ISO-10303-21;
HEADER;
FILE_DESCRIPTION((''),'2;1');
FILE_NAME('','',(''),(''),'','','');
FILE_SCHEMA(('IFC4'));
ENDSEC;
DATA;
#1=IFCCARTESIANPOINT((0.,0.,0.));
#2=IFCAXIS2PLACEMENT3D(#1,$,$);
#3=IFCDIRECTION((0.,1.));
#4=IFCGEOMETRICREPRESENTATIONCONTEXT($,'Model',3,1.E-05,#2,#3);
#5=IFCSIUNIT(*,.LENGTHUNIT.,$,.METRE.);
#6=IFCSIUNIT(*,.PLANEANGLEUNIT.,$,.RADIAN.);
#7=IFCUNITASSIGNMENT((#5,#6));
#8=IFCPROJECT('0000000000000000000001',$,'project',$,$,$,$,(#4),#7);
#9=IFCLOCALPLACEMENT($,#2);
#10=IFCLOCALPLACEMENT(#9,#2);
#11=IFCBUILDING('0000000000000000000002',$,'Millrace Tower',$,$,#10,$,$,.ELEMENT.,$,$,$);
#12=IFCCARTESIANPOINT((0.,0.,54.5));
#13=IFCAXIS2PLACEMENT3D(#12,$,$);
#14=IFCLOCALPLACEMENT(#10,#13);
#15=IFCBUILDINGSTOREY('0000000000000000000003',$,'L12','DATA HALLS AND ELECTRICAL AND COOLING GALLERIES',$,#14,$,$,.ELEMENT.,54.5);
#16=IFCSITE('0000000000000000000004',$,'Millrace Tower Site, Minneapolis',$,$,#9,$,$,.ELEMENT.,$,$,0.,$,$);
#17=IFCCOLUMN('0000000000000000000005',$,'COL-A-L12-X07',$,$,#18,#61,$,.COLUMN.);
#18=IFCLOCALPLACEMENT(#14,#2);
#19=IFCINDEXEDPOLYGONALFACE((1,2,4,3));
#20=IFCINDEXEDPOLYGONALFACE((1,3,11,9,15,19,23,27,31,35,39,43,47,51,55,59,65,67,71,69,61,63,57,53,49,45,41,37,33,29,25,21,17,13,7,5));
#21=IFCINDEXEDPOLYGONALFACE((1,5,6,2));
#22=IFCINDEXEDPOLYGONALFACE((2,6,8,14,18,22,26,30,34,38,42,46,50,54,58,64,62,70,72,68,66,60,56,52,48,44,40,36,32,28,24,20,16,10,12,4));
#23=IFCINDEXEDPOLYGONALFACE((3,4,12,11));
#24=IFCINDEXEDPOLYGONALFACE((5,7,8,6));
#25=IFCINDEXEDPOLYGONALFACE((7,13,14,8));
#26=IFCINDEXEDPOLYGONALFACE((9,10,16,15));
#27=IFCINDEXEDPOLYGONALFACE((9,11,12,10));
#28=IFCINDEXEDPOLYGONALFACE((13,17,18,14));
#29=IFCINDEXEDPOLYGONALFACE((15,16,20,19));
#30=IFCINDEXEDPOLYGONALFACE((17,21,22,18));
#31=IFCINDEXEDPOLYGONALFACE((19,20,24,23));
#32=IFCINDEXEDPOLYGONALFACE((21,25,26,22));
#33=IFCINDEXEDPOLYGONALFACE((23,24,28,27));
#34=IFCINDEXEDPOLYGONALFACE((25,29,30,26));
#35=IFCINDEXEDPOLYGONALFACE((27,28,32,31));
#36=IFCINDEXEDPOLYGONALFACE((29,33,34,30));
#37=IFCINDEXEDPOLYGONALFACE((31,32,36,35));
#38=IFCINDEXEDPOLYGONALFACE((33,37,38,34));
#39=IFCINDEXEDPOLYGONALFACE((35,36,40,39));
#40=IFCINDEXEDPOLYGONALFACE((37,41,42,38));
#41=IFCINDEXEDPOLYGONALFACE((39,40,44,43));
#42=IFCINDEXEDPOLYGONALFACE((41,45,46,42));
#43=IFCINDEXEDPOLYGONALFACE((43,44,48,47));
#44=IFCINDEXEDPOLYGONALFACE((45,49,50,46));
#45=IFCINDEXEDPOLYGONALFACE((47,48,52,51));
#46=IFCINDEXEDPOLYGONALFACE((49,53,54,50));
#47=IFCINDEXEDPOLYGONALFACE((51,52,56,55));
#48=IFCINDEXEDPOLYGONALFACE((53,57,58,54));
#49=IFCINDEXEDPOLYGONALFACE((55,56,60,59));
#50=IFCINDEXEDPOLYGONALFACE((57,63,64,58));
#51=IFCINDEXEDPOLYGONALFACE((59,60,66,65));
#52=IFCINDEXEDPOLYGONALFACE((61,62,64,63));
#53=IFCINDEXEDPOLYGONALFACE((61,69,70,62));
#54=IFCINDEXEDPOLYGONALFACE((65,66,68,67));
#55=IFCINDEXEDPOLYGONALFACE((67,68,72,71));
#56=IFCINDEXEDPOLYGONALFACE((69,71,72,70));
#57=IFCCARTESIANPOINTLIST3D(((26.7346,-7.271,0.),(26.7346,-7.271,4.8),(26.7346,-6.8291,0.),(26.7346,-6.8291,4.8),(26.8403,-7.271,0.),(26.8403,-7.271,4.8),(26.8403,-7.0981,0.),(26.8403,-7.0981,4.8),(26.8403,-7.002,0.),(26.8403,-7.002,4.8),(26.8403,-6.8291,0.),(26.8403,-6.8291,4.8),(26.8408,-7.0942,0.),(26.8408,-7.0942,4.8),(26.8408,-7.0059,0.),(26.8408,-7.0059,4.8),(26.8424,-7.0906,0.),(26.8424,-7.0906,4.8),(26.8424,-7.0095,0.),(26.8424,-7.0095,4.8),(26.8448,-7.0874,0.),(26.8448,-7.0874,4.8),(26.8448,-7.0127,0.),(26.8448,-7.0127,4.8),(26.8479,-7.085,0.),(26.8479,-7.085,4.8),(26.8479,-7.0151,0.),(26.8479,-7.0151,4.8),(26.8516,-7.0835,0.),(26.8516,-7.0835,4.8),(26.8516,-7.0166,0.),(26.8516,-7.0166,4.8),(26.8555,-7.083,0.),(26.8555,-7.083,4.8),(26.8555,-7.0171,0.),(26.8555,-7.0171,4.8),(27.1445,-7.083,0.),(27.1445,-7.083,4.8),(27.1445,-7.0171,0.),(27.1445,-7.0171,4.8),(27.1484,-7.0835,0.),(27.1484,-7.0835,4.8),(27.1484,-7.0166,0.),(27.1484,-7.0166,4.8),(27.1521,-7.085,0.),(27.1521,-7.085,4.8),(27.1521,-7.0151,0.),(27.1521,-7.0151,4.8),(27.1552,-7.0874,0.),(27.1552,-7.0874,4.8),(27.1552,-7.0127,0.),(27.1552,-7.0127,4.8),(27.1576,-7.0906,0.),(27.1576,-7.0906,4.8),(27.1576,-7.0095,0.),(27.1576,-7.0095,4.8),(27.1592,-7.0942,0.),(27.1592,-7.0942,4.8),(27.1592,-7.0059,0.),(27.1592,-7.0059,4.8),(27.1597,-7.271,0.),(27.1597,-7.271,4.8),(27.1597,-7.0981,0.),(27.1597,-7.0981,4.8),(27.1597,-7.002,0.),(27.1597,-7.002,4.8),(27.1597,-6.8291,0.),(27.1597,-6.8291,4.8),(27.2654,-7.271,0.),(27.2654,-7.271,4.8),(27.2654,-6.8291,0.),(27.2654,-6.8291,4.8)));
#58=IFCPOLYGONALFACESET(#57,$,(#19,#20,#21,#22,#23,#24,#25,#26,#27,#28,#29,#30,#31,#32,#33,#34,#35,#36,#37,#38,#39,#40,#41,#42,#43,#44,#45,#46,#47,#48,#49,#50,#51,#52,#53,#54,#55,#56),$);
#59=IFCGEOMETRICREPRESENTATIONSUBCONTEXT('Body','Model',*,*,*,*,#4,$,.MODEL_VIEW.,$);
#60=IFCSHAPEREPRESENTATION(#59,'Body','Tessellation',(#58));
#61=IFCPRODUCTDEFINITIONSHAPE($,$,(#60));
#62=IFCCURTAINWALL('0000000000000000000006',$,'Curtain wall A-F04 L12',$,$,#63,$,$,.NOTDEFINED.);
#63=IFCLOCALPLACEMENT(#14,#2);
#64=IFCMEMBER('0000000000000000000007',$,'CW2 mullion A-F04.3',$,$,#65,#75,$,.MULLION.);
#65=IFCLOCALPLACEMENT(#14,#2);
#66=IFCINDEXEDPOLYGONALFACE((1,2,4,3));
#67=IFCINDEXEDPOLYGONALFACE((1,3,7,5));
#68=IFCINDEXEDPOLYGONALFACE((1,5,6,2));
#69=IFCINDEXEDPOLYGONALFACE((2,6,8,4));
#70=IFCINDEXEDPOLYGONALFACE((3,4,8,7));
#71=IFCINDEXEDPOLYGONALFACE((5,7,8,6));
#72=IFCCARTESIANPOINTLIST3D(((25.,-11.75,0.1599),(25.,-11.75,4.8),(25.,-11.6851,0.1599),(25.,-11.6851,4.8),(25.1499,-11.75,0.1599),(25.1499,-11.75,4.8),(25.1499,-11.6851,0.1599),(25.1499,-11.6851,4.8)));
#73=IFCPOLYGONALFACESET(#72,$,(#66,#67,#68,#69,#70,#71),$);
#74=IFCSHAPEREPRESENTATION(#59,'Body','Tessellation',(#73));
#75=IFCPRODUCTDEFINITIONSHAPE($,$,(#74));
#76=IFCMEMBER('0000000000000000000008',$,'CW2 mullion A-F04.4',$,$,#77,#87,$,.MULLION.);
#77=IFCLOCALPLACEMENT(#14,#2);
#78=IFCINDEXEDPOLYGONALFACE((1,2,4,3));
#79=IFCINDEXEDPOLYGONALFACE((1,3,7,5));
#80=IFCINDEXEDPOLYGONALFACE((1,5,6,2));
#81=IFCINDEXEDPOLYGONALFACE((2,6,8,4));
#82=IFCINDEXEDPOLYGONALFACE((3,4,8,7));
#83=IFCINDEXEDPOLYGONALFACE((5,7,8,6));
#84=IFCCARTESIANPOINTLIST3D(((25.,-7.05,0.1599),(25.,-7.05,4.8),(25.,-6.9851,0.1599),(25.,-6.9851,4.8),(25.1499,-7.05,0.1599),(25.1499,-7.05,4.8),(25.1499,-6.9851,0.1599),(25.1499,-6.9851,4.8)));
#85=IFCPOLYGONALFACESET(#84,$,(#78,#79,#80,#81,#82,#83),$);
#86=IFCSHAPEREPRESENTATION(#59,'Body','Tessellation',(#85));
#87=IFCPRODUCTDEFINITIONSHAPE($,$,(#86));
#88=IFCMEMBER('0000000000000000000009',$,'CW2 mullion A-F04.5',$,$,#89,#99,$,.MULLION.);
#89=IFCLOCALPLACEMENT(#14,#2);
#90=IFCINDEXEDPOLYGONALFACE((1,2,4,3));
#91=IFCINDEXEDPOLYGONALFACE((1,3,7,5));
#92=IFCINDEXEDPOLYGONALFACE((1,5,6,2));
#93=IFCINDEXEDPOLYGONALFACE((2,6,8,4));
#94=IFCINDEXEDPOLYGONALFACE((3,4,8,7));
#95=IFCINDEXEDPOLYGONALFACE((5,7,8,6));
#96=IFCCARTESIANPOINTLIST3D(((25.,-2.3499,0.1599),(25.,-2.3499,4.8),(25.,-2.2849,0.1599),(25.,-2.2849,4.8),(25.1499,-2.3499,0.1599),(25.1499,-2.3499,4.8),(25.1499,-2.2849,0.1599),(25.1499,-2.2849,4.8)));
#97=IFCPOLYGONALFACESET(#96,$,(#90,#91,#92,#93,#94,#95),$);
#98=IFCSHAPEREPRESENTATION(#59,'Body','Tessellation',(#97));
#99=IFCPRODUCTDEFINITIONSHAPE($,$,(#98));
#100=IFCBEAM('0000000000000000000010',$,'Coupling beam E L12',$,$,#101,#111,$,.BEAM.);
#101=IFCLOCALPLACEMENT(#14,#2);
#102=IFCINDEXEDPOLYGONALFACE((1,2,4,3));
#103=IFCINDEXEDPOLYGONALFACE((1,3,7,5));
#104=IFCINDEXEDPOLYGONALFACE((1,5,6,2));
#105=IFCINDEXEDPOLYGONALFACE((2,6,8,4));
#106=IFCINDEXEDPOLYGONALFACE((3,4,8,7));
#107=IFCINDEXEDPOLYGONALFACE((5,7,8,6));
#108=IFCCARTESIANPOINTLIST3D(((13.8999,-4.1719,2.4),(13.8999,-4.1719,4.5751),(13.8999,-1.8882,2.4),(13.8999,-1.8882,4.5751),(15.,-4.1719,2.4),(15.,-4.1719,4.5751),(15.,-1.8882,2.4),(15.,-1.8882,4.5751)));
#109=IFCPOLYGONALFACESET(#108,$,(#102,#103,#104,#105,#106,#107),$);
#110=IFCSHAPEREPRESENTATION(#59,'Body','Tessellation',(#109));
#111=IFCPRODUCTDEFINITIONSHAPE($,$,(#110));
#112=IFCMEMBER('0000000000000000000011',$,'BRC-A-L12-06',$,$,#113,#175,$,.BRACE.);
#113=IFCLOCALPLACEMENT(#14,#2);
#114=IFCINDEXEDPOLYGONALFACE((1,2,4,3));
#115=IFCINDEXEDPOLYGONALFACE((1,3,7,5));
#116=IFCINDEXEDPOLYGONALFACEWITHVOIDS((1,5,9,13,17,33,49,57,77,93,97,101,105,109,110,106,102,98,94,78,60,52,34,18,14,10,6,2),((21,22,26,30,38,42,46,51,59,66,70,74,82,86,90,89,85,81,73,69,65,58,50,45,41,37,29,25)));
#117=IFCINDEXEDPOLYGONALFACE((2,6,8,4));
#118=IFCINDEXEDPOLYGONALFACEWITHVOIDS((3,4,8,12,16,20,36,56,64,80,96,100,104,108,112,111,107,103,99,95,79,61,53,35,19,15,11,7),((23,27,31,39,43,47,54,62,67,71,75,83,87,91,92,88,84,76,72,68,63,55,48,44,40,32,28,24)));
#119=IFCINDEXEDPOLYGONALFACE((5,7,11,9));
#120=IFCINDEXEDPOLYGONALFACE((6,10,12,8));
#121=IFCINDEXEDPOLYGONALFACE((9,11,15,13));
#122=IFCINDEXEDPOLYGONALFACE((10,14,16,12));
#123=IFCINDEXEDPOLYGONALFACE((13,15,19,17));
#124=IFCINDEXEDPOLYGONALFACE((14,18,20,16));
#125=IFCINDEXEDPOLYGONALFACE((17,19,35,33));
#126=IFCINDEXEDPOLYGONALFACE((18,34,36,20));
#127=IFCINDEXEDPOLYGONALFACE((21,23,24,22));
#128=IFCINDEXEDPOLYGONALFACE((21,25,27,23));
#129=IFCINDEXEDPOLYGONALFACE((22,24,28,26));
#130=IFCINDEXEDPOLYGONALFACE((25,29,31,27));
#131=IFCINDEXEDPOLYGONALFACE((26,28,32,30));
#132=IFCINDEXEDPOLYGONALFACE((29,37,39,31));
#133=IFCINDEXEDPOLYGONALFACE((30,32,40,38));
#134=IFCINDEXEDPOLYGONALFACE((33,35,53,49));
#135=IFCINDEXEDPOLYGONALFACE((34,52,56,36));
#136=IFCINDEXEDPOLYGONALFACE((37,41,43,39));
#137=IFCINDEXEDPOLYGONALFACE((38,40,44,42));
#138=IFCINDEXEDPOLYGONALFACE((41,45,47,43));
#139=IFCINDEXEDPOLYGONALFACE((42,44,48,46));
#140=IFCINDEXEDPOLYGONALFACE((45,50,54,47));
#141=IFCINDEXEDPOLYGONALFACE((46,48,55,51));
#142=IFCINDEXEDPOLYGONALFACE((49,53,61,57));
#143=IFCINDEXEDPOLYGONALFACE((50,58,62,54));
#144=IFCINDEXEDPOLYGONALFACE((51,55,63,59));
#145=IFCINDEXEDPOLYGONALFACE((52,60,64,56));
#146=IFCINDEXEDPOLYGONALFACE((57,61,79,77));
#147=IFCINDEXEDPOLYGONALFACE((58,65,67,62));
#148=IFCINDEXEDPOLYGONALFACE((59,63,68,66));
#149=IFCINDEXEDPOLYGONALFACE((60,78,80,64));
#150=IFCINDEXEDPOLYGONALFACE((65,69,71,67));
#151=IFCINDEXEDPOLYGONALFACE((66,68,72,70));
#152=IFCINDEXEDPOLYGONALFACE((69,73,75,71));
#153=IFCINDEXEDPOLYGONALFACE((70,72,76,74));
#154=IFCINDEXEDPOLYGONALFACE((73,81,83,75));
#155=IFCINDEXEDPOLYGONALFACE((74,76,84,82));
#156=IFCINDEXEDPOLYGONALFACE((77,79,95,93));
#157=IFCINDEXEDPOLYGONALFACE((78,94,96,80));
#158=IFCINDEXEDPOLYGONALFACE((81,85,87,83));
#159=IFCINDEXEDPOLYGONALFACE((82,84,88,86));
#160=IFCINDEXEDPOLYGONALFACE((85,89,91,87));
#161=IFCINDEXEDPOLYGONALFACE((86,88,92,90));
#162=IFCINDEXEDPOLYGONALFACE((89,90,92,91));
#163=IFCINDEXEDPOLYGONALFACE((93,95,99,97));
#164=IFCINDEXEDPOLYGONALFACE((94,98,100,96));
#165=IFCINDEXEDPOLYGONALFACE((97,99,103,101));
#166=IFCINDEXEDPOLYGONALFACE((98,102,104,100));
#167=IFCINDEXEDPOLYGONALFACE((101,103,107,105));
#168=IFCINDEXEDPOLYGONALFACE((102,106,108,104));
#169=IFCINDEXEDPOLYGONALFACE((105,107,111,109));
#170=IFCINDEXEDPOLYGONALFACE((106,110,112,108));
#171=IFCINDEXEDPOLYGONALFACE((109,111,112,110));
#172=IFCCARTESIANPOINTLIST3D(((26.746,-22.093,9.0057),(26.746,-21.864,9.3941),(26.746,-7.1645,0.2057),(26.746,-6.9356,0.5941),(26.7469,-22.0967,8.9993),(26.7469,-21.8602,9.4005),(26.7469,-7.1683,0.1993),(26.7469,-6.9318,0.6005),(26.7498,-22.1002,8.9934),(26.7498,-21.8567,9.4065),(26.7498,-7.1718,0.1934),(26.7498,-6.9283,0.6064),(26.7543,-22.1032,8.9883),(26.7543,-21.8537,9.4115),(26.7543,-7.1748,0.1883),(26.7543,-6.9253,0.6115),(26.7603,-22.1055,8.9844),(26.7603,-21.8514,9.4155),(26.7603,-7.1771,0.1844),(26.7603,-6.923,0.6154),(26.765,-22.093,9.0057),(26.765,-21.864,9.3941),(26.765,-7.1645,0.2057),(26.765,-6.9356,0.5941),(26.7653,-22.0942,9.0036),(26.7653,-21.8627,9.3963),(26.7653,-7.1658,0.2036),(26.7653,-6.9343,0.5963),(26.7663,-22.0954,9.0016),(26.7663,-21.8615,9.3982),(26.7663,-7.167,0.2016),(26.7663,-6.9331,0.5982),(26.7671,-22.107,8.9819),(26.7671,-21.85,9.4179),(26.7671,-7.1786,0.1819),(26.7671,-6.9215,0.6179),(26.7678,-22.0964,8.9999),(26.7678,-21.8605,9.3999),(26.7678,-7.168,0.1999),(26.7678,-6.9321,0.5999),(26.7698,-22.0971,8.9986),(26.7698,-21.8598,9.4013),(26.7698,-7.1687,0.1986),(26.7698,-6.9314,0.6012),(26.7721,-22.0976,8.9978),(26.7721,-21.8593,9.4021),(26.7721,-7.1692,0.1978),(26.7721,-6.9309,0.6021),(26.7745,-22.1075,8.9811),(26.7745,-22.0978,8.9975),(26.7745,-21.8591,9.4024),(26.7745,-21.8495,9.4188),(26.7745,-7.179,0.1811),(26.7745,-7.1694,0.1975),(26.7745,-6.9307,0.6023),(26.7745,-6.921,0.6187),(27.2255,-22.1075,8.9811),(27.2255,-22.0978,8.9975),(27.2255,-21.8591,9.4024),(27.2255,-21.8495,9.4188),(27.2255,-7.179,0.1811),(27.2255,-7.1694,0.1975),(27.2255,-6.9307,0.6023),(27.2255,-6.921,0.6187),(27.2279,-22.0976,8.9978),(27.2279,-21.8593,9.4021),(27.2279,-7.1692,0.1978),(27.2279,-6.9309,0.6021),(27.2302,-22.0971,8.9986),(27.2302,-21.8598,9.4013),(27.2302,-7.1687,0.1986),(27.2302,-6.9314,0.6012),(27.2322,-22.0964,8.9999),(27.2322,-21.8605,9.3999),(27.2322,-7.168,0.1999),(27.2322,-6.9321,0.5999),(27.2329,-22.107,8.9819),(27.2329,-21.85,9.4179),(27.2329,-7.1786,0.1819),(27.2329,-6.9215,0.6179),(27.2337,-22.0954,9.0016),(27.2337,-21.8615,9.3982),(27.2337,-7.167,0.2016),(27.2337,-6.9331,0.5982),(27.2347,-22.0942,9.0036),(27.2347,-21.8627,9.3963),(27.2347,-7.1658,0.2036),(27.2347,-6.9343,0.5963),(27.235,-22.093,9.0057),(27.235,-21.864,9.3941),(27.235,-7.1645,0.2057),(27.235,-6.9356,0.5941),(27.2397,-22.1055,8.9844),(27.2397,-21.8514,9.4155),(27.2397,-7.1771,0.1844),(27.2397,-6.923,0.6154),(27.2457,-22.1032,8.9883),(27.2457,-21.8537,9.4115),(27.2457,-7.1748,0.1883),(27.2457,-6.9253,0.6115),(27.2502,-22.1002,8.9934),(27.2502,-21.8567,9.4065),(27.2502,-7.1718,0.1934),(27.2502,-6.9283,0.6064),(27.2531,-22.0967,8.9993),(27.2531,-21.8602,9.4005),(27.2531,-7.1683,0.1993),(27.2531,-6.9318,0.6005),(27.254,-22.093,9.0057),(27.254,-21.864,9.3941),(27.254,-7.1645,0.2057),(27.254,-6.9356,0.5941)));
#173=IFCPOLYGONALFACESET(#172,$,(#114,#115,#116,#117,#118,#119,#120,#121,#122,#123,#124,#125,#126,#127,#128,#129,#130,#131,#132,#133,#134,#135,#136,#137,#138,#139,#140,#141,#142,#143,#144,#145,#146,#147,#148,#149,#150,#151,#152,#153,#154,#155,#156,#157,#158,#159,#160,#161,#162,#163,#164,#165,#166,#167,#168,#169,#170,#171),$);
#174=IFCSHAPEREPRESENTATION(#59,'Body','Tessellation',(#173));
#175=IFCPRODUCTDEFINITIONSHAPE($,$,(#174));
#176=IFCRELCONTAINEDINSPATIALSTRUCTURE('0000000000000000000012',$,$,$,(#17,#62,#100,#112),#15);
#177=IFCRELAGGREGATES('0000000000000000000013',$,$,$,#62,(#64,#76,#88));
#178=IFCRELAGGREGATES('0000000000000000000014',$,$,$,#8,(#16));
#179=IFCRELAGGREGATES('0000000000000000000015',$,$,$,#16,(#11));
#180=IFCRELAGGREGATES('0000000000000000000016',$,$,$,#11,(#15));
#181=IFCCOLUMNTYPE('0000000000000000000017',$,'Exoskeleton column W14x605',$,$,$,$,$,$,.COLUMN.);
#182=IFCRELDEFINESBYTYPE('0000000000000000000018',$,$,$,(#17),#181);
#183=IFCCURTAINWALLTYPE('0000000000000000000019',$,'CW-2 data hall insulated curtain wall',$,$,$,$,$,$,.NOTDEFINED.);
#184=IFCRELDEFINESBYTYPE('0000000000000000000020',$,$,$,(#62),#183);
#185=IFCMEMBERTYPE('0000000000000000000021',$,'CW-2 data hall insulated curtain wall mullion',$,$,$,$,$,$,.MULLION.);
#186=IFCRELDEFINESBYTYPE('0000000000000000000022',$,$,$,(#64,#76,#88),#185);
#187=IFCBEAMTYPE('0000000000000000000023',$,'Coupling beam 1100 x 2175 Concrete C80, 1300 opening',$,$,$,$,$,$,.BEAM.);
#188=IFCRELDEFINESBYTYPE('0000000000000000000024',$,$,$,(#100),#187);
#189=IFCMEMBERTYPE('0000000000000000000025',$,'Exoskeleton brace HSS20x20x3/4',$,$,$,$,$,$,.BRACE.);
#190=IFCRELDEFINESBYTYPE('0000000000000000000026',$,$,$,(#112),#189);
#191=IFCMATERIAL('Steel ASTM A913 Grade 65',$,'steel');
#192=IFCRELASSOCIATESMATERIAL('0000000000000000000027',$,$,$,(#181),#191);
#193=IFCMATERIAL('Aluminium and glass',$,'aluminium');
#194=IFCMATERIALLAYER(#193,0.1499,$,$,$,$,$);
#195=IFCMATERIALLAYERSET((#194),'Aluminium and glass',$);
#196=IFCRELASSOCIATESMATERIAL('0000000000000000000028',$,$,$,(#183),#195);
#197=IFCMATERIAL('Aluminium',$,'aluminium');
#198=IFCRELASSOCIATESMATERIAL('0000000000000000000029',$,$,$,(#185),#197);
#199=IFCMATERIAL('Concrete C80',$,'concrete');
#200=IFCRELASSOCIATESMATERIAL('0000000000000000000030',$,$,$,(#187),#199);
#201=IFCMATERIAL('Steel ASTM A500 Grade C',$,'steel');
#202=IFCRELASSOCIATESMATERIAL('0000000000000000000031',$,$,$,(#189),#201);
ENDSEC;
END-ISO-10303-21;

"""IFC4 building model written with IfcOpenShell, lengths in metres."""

from ifc_helpers import new_model, si_unit, direction, frame, origin, origin_2d, place, context, subcontext, project, spatial, rectangle, hollow_rectangle, i_section, extrude, material, layer, layer_set, material_profile, profile_set, type_object, element, aggregate, save


model = new_model("IFC4")

# Units and contexts
model_context = context("Model", 3, precision=1e-05, world=origin(), true_north=direction((0.0, 1.0)))
body_context = subcontext(model_context, "Body", "Model", "MODEL_VIEW")
ifc_project = project(units=[si_unit("LENGTHUNIT", "METRE"), si_unit("PLANEANGLEUNIT", "RADIAN")], contexts=[model_context])

# Site, building, storey
site_placement = place(None, origin())
site = spatial("IfcSite", under=ifc_project, at=site_placement, Name="Millrace Tower Site, Minneapolis", CompositionType="ELEMENT", RefElevation=0.0)
building_placement = place(site_placement, origin())
building = spatial("IfcBuilding", under=site, at=building_placement, Name="Millrace Tower", CompositionType="ELEMENT")
storey_placement = place(building_placement, frame((0.0, 0.0, 54.5)))
storey = spatial("IfcBuildingStorey", under=building, at=storey_placement, Name="L12", Description="DATA HALLS AND ELECTRICAL AND COOLING GALLERIES", CompositionType="ELEMENT", Elevation=54.5)

# Column
ifc_material_1 = material(Name="Steel ASTM A913 Grade 65", Category="steel")
ifc_material_profile_1 = material_profile(ifc_material_1, i_section(OverallWidth=0.4419, OverallDepth=0.5308, WebThickness=0.0659, FlangeThickness=0.1057, FilletRadius=0.0151, at=origin_2d()))
ifc_profile_set_1 = profile_set([ifc_material_profile_1], Name="Steel ASTM A913 Grade 65")
column_type = type_object("IfcColumnType", Name="Exoskeleton column W14x605", PredefinedType="COLUMN", material=ifc_profile_set_1)
column_placement = place(storey_placement, frame((27.0, -7.05, 0.0), z_axis=(0.0, 0.0, 1.0), x_axis=(0.0, 1.0, 0.0)))
element("IfcColumn", 1, at=column_placement, inside=storey, type_object=column_type, Name="COL-A-L12-X07", PredefinedType="COLUMN", context=body_context, shape_type="SweptSolid", body=[
    extrude(i_section(OverallWidth=0.4419, OverallDepth=0.5308, WebThickness=0.0659, FlangeThickness=0.1057, FilletRadius=0.0151, at=origin_2d()), origin(), (0.0, 0.0, 1.0), 4.8),
])

# Curtain wall, members
ifc_material_2 = material(Name="Aluminium and glass", Category="aluminium")
ifc_layer_1 = layer(ifc_material_2, 0.1499)
ifc_layer_set_1 = layer_set([ifc_layer_1], Name="Aluminium and glass")
curtain_wall_type = type_object("IfcCurtainWallType", Name="CW-2 data hall insulated curtain wall", PredefinedType="NOTDEFINED", material=ifc_layer_set_1)
placement = place(storey_placement, origin())
curtain_wall = element("IfcCurtainWall", 2, at=placement, inside=storey, type_object=curtain_wall_type, Name="Curtain wall A-F04 L12", PredefinedType="NOTDEFINED")
ifc_material_3 = material(Name="Aluminium", Category="aluminium")
ifc_material_profile_2 = material_profile(ifc_material_3, rectangle(XDim=0.0649, YDim=0.1499, at=origin_2d()))
ifc_profile_set_2 = profile_set([ifc_material_profile_2], Name="Aluminium")
member_type_1 = type_object("IfcMemberType", Name="CW-2 data hall insulated curtain wall mullion", PredefinedType="MULLION", material=ifc_profile_set_2)
member_1_placement = place(storey_placement, frame((25.075, -11.7175, 0.1599), z_axis=(0.0, 0.0, 1.0), x_axis=(0.0, 1.0, 0.0)))
member_1 = element("IfcMember", 3, at=member_1_placement, type_object=member_type_1, Name="CW2 mullion A-F04.3", PredefinedType="MULLION", context=body_context, shape_type="SweptSolid", body=[
    extrude(rectangle(XDim=0.0649, YDim=0.1499, at=origin_2d()), origin(), (0.0, 0.0, 1.0), 4.6401),
])
member_2_placement = place(storey_placement, frame((25.075, -7.0176, 0.1599), z_axis=(0.0, 0.0, 1.0), x_axis=(0.0, 1.0, 0.0)))
member_2 = element("IfcMember", 4, at=member_2_placement, type_object=member_type_1, Name="CW2 mullion A-F04.4", PredefinedType="MULLION", context=body_context, shape_type="SweptSolid", body=[
    extrude(rectangle(XDim=0.0649, YDim=0.1499, at=origin_2d()), origin(), (0.0, 0.0, 1.0), 4.6401),
])
member_3_placement = place(storey_placement, frame((25.075, -2.3174, 0.1599), z_axis=(0.0, 0.0, 1.0), x_axis=(0.0, 1.0, 0.0)))
member_3 = element("IfcMember", 5, at=member_3_placement, type_object=member_type_1, Name="CW2 mullion A-F04.5", PredefinedType="MULLION", context=body_context, shape_type="SweptSolid", body=[
    extrude(rectangle(XDim=0.0649, YDim=0.1499, at=origin_2d()), origin(), (0.0, 0.0, 1.0), 4.6401),
])
aggregate(curtain_wall, [member_1, member_2, member_3])

# Beam
ifc_material_4 = material(Name="Concrete C80", Category="concrete")
ifc_material_profile_3 = material_profile(ifc_material_4, rectangle(XDim=1.1001, YDim=2.175, at=origin_2d()))
ifc_profile_set_3 = profile_set([ifc_material_profile_3], Name="Concrete C80")
beam_type_1 = type_object("IfcBeamType", Name="Coupling beam 1100 x 2175 Concrete C80, 1300 opening", PredefinedType="BEAM", material=ifc_profile_set_3)
beam_1_placement = place(storey_placement, frame((14.45, -1.8882, 3.4875), z_axis=(0.0, -1.0, 0.0), x_axis=(1.0, 0.0, 0.0)))
element("IfcBeam", 6, at=beam_1_placement, inside=storey, type_object=beam_type_1, Name="Coupling beam E L12", PredefinedType="BEAM", context=body_context, shape_type="SweptSolid", body=[
    extrude(rectangle(XDim=1.1001, YDim=2.175, at=origin_2d()), origin(), (0.0, 0.0, 1.0), 2.2837),
])

# Member
ifc_material_5 = material(Name="Steel ASTM A500 Grade C", Category="steel")
ifc_material_profile_4 = material_profile(ifc_material_5, hollow_rectangle(XDim=0.5081, YDim=0.5081, WallThickness=0.019, InnerFilletRadius=0.0095, OuterFilletRadius=0.0286, at=origin_2d()))
ifc_profile_set_4 = profile_set([ifc_material_profile_4], Name="Steel ASTM A500 Grade C")
member_type_2 = type_object("IfcMemberType", Name="Exoskeleton brace HSS20x20x3/4", PredefinedType="BRACE", material=ifc_profile_set_4)
member_4_placement = place(storey_placement, frame((27.0, -7.05, 0.3999), z_axis=(0.0, -0.861465, 0.507817), x_axis=(1.0, 0.0, 0.0)))
element("IfcMember", 7, at=member_4_placement, inside=storey, type_object=member_type_2, Name="BRC-A-L12-06", PredefinedType="BRACE", context=body_context, shape_type="SweptSolid", body=[
    extrude(hollow_rectangle(XDim=0.5081, YDim=0.5081, WallThickness=0.019, InnerFilletRadius=0.0095, OuterFilletRadius=0.0286, at=origin_2d()), origin(), (0.0, 0.0, 1.0), 17.3291),
])

save(model, "model.ifc")
